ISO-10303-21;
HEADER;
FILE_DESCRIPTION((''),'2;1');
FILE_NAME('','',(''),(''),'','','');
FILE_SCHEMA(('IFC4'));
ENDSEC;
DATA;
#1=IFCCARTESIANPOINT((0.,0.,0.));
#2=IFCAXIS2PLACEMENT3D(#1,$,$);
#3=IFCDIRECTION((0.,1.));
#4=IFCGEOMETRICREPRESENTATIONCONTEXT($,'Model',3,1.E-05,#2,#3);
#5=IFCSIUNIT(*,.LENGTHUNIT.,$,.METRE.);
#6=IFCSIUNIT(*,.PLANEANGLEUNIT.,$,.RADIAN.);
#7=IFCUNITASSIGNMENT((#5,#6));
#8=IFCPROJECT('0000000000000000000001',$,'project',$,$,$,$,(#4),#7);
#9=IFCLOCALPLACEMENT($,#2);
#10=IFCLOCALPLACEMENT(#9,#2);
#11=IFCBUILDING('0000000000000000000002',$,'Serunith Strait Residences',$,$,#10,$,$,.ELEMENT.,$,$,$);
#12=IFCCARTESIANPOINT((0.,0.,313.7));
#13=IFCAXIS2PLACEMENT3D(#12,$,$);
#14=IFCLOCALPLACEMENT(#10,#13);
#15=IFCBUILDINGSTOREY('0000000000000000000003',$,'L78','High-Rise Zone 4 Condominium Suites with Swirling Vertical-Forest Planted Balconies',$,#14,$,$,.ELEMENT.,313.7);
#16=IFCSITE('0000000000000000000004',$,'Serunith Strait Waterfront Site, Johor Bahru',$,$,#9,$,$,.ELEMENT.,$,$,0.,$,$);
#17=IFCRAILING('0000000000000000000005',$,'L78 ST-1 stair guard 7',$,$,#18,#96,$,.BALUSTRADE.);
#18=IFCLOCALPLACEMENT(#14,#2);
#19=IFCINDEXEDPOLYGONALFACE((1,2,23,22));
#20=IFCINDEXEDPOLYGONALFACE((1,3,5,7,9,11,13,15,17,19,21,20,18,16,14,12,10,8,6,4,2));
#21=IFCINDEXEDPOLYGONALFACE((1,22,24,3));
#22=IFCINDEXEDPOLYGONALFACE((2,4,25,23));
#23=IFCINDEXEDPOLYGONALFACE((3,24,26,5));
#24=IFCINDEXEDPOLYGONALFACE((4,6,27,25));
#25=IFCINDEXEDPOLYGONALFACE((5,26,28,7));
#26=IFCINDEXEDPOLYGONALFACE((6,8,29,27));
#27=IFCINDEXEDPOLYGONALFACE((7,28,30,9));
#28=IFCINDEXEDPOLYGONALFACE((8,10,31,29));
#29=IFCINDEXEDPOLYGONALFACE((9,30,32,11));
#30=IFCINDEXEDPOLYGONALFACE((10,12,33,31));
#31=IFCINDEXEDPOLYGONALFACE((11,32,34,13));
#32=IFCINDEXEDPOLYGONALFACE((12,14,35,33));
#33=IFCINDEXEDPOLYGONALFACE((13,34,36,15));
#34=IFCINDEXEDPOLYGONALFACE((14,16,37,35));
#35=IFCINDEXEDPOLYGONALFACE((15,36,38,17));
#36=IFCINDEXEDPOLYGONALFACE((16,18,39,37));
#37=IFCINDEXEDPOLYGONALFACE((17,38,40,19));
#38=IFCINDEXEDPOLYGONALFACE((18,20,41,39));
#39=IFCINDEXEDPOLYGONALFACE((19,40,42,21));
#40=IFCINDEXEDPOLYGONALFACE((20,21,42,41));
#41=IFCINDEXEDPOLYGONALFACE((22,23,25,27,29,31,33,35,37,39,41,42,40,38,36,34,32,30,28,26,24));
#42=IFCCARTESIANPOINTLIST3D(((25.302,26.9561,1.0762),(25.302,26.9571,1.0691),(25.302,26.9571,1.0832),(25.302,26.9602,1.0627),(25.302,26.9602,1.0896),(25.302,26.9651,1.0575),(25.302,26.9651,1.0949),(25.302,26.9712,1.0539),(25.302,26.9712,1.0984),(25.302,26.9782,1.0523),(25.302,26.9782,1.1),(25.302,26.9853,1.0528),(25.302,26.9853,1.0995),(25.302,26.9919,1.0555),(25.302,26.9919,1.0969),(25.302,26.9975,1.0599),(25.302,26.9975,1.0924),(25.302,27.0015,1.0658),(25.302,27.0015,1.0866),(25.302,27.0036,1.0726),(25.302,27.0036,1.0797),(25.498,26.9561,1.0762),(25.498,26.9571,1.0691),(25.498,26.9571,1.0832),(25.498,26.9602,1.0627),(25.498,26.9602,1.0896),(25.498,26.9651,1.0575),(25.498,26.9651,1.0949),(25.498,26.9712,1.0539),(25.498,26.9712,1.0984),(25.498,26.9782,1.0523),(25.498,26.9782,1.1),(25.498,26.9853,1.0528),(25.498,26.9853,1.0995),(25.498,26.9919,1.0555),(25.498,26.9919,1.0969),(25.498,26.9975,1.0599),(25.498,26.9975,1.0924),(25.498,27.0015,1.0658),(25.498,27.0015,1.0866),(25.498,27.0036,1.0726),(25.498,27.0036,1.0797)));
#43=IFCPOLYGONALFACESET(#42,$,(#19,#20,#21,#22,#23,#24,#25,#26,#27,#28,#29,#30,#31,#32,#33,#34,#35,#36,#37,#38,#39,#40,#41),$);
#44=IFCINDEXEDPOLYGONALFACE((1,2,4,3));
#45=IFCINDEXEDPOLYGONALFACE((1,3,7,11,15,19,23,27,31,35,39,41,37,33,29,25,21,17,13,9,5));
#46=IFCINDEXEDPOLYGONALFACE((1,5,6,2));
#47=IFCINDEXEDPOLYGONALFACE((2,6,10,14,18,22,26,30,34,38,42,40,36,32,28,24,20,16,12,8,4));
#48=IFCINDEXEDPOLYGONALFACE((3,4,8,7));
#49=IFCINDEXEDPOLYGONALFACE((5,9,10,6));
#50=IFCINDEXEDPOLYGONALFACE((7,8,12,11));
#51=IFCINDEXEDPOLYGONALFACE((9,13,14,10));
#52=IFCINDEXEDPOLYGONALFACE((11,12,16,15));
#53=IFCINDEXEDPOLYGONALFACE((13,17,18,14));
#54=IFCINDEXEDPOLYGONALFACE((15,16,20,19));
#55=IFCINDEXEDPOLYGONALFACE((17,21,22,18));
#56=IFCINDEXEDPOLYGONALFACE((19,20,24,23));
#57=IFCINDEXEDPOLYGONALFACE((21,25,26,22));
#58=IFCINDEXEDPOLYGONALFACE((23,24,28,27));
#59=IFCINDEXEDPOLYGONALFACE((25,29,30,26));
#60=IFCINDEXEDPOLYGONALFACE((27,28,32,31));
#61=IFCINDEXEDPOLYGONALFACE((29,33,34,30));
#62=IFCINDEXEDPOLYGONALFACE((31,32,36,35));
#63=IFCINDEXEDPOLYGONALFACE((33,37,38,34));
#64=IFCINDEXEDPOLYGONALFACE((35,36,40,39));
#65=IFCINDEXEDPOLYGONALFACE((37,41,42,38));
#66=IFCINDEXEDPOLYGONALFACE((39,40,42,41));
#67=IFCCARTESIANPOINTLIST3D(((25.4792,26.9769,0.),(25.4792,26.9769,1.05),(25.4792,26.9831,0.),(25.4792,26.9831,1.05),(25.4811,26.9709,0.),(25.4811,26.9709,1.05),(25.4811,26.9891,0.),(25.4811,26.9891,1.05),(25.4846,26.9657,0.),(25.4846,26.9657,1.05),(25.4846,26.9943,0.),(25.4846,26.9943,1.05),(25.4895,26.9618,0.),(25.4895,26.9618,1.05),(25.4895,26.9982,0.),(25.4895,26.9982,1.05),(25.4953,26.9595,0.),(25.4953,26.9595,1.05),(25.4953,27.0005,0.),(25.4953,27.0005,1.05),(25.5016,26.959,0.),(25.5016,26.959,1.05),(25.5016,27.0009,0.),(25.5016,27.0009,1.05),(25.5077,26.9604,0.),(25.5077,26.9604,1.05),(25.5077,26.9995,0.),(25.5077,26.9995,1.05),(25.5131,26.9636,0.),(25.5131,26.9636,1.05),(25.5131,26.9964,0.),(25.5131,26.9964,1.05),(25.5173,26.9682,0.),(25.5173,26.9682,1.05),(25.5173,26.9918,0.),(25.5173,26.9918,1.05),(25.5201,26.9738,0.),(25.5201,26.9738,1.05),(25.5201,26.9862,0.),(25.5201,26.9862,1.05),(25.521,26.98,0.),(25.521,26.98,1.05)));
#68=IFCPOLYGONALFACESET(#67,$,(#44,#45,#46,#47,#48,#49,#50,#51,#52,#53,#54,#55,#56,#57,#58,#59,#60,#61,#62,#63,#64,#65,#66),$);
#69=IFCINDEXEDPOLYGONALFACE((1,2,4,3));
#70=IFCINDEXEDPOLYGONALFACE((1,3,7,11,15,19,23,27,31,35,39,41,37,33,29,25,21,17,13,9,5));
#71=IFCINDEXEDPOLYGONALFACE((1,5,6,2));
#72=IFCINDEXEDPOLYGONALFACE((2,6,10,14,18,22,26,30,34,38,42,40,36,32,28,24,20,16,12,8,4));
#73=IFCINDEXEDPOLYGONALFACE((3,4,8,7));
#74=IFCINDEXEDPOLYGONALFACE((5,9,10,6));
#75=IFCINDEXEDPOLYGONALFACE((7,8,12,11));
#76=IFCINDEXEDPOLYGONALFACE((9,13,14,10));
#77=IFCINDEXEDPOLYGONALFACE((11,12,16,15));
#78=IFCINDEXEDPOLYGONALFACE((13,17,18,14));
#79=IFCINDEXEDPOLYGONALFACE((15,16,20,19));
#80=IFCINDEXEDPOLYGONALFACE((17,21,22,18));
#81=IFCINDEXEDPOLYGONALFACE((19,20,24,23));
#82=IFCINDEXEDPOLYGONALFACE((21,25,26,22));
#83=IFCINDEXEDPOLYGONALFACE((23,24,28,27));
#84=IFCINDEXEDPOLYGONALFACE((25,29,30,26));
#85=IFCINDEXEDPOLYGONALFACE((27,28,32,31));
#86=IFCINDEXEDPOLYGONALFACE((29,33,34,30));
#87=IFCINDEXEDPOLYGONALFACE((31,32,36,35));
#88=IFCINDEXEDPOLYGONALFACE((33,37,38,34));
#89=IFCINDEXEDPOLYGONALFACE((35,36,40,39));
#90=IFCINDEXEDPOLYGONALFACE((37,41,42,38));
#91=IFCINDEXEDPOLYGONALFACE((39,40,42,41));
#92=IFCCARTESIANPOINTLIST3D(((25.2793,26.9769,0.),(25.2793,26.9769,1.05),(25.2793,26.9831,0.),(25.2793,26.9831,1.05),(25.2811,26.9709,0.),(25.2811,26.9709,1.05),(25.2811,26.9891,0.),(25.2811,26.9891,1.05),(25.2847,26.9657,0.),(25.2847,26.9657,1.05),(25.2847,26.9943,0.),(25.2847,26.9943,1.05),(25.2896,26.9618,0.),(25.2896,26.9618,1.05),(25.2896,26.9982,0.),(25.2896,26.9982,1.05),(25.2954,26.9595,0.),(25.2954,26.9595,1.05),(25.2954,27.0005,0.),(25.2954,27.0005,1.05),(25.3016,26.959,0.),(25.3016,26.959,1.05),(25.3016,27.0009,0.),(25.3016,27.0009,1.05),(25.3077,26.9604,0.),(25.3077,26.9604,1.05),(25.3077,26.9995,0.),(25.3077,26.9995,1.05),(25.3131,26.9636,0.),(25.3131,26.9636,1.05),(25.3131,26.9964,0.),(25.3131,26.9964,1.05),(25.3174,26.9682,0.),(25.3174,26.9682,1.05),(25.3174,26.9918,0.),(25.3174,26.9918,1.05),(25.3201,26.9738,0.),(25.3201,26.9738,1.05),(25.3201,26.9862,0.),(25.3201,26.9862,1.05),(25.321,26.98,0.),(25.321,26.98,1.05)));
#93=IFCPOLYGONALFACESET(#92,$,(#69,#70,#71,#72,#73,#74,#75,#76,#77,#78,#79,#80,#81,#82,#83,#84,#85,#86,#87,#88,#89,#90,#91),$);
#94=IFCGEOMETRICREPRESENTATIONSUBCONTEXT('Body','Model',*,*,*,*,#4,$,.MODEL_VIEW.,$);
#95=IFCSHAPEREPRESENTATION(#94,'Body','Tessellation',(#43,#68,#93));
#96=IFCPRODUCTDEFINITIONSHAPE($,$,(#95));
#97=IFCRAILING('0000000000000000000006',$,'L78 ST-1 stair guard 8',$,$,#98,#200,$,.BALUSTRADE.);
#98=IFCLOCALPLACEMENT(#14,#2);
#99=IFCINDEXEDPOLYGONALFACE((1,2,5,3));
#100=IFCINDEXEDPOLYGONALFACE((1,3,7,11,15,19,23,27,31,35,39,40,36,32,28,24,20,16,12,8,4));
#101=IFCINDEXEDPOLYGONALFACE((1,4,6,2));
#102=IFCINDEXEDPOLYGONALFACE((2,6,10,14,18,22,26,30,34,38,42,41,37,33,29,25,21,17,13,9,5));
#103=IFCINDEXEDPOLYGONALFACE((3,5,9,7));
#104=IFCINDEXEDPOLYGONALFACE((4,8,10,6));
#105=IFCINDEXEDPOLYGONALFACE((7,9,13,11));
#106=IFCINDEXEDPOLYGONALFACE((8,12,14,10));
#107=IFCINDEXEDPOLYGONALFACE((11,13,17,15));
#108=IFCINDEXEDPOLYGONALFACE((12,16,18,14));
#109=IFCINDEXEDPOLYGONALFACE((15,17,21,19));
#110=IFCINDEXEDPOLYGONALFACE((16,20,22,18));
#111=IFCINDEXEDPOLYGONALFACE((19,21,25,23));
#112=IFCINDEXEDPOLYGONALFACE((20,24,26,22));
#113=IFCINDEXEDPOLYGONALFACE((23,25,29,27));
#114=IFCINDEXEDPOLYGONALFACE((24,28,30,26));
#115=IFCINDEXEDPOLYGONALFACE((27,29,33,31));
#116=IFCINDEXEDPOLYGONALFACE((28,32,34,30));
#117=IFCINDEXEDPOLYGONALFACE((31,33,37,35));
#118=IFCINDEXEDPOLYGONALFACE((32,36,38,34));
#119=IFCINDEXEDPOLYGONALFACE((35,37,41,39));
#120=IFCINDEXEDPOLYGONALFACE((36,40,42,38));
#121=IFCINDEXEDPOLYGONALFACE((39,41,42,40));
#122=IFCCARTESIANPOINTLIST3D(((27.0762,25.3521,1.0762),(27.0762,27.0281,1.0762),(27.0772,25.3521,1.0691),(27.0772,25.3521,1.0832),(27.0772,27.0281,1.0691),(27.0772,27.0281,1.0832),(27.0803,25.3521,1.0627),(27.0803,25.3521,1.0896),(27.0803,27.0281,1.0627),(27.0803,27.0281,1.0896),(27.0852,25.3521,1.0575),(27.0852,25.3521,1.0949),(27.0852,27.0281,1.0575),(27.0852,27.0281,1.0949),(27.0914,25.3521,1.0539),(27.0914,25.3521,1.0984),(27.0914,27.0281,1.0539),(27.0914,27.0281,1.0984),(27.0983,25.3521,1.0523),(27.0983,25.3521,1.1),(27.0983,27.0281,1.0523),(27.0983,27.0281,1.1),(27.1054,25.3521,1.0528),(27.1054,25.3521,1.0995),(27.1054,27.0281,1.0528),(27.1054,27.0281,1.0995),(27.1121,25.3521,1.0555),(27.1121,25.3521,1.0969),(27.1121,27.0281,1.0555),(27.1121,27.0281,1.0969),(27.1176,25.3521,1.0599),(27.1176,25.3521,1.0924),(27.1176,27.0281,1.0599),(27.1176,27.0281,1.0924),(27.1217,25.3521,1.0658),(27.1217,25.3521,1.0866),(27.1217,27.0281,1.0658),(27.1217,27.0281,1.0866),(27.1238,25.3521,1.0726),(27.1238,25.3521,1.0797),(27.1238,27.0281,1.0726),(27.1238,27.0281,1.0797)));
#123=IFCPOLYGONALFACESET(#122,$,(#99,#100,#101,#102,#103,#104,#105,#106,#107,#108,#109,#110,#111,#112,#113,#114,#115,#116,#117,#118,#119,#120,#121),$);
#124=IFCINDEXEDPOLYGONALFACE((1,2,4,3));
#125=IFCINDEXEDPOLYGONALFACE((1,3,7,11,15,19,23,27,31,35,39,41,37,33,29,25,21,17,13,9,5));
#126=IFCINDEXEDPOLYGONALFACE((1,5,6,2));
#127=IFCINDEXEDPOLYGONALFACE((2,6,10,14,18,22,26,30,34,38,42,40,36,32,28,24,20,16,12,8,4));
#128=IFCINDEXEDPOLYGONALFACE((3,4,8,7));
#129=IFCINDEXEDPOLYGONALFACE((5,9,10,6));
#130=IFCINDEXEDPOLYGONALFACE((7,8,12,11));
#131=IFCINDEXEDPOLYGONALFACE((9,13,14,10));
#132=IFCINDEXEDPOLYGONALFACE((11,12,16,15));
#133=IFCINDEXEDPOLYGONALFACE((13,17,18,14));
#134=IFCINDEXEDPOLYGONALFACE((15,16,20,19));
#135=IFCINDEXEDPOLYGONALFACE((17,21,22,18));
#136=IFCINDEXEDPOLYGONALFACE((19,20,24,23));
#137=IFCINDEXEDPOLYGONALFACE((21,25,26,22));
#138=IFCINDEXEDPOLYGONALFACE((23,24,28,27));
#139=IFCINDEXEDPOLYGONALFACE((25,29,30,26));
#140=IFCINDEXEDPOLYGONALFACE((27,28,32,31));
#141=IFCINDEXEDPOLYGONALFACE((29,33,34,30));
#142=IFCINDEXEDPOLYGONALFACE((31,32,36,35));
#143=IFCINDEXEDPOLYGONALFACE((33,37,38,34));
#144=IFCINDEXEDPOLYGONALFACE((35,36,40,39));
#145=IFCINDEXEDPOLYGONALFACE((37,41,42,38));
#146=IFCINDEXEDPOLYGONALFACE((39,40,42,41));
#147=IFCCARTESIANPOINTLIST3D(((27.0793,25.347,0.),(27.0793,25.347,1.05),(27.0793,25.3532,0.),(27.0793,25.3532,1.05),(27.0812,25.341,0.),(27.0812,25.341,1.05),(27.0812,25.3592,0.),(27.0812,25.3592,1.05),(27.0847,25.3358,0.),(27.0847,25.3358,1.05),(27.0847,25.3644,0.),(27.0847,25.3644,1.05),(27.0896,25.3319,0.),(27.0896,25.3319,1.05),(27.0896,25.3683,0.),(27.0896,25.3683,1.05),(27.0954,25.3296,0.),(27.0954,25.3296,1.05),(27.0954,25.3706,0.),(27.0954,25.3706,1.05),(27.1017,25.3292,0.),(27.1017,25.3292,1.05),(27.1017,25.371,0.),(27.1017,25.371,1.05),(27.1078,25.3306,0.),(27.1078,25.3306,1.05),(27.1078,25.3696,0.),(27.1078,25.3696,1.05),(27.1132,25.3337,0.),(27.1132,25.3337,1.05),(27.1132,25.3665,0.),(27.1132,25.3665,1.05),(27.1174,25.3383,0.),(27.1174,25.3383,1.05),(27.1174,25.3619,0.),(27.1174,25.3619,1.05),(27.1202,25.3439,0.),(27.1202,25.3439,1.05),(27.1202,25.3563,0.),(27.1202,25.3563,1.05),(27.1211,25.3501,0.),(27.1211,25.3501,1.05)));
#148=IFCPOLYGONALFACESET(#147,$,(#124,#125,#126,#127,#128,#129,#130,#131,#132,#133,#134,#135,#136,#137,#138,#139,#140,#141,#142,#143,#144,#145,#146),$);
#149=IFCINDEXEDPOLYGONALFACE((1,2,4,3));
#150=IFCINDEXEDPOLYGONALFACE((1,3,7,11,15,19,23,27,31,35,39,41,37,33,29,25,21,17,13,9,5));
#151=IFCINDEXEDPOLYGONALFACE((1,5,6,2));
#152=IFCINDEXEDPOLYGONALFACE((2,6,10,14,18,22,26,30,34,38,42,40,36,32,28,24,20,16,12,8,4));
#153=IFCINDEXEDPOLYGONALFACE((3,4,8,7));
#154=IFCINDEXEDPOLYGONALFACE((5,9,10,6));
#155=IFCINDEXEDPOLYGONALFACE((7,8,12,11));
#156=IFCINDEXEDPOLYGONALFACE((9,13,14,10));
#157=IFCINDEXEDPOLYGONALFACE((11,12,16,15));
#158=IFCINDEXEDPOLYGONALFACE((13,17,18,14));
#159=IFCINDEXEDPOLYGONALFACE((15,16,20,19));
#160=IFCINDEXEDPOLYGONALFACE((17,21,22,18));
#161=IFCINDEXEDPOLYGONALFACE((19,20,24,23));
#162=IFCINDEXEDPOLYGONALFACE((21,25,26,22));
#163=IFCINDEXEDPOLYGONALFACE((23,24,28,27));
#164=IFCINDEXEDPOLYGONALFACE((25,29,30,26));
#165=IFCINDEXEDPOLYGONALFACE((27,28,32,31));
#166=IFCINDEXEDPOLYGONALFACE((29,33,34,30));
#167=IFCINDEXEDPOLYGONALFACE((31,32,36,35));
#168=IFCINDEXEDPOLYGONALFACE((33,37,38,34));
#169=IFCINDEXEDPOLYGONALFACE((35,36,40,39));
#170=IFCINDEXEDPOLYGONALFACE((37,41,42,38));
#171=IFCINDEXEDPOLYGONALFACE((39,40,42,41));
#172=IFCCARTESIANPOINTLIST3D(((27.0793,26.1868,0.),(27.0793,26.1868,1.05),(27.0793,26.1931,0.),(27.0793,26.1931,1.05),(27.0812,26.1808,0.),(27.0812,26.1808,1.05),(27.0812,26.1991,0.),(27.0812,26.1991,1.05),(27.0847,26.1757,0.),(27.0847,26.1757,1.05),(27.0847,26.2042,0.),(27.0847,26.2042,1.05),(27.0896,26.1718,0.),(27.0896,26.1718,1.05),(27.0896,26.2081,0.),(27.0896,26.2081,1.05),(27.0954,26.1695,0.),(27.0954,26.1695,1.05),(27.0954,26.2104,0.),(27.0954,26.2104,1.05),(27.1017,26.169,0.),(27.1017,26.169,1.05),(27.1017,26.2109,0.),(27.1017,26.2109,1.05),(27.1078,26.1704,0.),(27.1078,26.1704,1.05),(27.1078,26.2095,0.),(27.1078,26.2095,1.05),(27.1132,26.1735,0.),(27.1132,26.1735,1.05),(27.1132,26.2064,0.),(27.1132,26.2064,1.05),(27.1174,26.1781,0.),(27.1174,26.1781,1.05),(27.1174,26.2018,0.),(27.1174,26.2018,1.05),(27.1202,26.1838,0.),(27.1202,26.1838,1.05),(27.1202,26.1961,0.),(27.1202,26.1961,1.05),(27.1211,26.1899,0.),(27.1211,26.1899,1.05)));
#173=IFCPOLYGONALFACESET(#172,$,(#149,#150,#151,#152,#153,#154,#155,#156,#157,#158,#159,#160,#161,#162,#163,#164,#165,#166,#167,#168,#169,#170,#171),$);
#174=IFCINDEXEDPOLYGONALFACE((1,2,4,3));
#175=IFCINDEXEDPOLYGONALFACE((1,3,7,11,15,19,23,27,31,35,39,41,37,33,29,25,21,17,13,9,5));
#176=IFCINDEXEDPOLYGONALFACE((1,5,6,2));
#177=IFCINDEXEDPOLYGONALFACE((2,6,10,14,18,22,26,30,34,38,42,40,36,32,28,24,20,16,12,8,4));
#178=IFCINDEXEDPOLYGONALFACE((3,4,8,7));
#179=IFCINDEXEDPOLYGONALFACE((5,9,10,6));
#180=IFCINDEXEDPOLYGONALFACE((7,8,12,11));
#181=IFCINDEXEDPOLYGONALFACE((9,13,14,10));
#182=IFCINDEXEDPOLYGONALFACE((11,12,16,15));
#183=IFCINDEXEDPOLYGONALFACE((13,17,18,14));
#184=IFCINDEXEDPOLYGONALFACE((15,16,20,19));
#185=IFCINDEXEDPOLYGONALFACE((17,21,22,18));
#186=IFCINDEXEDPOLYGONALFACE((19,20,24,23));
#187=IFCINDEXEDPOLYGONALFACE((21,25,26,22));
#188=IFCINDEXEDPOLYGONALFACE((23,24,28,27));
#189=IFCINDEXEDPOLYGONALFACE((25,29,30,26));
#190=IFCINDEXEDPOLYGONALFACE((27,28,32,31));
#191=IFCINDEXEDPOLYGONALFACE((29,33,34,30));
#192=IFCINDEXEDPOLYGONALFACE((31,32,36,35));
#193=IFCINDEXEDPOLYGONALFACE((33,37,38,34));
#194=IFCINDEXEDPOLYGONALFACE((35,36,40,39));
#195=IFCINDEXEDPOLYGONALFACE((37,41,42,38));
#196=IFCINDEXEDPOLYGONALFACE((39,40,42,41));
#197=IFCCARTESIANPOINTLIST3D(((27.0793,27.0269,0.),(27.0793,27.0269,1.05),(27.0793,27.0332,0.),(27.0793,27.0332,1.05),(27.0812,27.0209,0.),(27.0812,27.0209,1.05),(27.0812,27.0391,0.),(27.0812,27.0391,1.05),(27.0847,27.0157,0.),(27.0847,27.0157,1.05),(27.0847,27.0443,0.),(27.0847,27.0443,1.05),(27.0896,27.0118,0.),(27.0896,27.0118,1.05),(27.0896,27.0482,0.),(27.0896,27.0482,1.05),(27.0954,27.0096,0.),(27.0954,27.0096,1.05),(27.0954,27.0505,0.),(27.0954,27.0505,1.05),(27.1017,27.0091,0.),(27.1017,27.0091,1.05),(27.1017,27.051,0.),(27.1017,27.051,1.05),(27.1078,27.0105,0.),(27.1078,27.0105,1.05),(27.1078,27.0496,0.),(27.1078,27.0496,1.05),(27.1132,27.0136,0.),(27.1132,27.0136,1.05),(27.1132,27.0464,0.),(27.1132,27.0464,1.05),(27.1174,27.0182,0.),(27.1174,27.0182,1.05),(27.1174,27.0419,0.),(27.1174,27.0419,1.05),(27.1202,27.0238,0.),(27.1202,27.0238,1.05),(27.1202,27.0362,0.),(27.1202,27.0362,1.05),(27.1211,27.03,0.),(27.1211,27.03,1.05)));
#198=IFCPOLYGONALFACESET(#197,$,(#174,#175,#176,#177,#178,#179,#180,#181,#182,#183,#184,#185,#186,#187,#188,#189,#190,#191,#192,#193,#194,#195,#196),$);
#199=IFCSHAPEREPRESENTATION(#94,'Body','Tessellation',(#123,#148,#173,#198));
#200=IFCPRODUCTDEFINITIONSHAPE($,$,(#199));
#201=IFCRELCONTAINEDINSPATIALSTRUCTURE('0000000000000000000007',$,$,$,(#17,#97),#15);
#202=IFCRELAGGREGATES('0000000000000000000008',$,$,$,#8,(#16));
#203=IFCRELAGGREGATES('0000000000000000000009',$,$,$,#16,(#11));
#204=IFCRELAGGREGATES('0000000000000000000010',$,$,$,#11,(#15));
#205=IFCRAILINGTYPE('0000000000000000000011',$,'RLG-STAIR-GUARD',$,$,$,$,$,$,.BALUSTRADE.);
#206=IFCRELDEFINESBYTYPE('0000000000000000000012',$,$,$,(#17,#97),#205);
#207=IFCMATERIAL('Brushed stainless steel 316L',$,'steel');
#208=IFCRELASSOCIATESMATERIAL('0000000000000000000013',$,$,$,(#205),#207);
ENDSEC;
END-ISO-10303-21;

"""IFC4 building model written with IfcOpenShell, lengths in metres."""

from ifc_helpers import new_model, si_unit, direction, frame, origin, origin_2d, place, context, subcontext, project, spatial, circle, extrude, material, type_object, element, save


model = new_model("IFC4")

# Units and contexts
model_context = context("Model", 3, precision=1e-05, world=origin(), true_north=direction((0.0, 1.0)))
body_context = subcontext(model_context, "Body", "Model", "MODEL_VIEW")
ifc_project = project(units=[si_unit("LENGTHUNIT", "METRE"), si_unit("PLANEANGLEUNIT", "RADIAN")], contexts=[model_context])

# Site, building, storey
site_placement = place(None, origin())
site = spatial("IfcSite", under=ifc_project, at=site_placement, Name="Serunith Strait Waterfront Site, Johor Bahru", CompositionType="ELEMENT", RefElevation=0.0)
building_placement = place(site_placement, origin())
building = spatial("IfcBuilding", under=site, at=building_placement, Name="Serunith Strait Residences", CompositionType="ELEMENT")
storey_placement = place(building_placement, frame((0.0, 0.0, 313.7)))
storey = spatial("IfcBuildingStorey", under=building, at=storey_placement, Name="L78", Description="High-Rise Zone 4 Condominium Suites with Swirling Vertical-Forest Planted Balconies", CompositionType="ELEMENT", Elevation=313.7)

# Railings
ifc_material_1 = material(Name="Brushed stainless steel 316L", Category="steel")
railing_type_1 = type_object("IfcRailingType", Name="RLG-STAIR-GUARD", PredefinedType="BALUSTRADE", material=ifc_material_1)
railing_1_placement = place(storey_placement, frame((25.5, 26.98, 0.0)))
element("IfcRailing", 1, at=railing_1_placement, inside=storey, type_object=railing_type_1, Name="L78 ST-1 stair guard 7", PredefinedType="BALUSTRADE", context=body_context, shape_type="SweptSolid", body=[
    extrude(circle(Radius=0.0239, at=origin_2d()), frame((-0.002, 0.0, 1.0762), z_axis=(-1.0, 0.0, 0.0), x_axis=(0.0, -1.0, 0.0)), (0.0, 0.0, 1.0), 0.196),
    extrude(circle(Radius=0.021, at=origin_2d()), origin(), (0.0, 0.0, 1.0), 1.05),
    extrude(circle(Radius=0.021, at=origin_2d()), frame((-0.2, 0.0, 0.0)), (0.0, 0.0, 1.0), 1.05),
])
railing_2_placement = place(storey_placement, frame((27.1001, 25.3501, 0.0)))
element("IfcRailing", 2, at=railing_2_placement, inside=storey, type_object=railing_type_1, Name="L78 ST-1 stair guard 8", PredefinedType="BALUSTRADE", context=body_context, shape_type="SweptSolid", body=[
    extrude(circle(Radius=0.0239, at=origin_2d()), frame((0.0, 0.002, 1.0762), z_axis=(0.0, 1.0, 0.0), x_axis=(-1.0, 0.0, 0.0)), (0.0, 0.0, 1.0), 1.676),
    extrude(circle(Radius=0.021, at=origin_2d()), origin(), (0.0, 0.0, 1.0), 1.05),
    extrude(circle(Radius=0.021, at=origin_2d()), frame((0.0, 0.8398, 0.0)), (0.0, 0.0, 1.0), 1.05),
    extrude(circle(Radius=0.021, at=origin_2d()), frame((0.0, 1.6799, 0.0)), (0.0, 0.0, 1.0), 1.05),
])

save(model, "model.ifc")
